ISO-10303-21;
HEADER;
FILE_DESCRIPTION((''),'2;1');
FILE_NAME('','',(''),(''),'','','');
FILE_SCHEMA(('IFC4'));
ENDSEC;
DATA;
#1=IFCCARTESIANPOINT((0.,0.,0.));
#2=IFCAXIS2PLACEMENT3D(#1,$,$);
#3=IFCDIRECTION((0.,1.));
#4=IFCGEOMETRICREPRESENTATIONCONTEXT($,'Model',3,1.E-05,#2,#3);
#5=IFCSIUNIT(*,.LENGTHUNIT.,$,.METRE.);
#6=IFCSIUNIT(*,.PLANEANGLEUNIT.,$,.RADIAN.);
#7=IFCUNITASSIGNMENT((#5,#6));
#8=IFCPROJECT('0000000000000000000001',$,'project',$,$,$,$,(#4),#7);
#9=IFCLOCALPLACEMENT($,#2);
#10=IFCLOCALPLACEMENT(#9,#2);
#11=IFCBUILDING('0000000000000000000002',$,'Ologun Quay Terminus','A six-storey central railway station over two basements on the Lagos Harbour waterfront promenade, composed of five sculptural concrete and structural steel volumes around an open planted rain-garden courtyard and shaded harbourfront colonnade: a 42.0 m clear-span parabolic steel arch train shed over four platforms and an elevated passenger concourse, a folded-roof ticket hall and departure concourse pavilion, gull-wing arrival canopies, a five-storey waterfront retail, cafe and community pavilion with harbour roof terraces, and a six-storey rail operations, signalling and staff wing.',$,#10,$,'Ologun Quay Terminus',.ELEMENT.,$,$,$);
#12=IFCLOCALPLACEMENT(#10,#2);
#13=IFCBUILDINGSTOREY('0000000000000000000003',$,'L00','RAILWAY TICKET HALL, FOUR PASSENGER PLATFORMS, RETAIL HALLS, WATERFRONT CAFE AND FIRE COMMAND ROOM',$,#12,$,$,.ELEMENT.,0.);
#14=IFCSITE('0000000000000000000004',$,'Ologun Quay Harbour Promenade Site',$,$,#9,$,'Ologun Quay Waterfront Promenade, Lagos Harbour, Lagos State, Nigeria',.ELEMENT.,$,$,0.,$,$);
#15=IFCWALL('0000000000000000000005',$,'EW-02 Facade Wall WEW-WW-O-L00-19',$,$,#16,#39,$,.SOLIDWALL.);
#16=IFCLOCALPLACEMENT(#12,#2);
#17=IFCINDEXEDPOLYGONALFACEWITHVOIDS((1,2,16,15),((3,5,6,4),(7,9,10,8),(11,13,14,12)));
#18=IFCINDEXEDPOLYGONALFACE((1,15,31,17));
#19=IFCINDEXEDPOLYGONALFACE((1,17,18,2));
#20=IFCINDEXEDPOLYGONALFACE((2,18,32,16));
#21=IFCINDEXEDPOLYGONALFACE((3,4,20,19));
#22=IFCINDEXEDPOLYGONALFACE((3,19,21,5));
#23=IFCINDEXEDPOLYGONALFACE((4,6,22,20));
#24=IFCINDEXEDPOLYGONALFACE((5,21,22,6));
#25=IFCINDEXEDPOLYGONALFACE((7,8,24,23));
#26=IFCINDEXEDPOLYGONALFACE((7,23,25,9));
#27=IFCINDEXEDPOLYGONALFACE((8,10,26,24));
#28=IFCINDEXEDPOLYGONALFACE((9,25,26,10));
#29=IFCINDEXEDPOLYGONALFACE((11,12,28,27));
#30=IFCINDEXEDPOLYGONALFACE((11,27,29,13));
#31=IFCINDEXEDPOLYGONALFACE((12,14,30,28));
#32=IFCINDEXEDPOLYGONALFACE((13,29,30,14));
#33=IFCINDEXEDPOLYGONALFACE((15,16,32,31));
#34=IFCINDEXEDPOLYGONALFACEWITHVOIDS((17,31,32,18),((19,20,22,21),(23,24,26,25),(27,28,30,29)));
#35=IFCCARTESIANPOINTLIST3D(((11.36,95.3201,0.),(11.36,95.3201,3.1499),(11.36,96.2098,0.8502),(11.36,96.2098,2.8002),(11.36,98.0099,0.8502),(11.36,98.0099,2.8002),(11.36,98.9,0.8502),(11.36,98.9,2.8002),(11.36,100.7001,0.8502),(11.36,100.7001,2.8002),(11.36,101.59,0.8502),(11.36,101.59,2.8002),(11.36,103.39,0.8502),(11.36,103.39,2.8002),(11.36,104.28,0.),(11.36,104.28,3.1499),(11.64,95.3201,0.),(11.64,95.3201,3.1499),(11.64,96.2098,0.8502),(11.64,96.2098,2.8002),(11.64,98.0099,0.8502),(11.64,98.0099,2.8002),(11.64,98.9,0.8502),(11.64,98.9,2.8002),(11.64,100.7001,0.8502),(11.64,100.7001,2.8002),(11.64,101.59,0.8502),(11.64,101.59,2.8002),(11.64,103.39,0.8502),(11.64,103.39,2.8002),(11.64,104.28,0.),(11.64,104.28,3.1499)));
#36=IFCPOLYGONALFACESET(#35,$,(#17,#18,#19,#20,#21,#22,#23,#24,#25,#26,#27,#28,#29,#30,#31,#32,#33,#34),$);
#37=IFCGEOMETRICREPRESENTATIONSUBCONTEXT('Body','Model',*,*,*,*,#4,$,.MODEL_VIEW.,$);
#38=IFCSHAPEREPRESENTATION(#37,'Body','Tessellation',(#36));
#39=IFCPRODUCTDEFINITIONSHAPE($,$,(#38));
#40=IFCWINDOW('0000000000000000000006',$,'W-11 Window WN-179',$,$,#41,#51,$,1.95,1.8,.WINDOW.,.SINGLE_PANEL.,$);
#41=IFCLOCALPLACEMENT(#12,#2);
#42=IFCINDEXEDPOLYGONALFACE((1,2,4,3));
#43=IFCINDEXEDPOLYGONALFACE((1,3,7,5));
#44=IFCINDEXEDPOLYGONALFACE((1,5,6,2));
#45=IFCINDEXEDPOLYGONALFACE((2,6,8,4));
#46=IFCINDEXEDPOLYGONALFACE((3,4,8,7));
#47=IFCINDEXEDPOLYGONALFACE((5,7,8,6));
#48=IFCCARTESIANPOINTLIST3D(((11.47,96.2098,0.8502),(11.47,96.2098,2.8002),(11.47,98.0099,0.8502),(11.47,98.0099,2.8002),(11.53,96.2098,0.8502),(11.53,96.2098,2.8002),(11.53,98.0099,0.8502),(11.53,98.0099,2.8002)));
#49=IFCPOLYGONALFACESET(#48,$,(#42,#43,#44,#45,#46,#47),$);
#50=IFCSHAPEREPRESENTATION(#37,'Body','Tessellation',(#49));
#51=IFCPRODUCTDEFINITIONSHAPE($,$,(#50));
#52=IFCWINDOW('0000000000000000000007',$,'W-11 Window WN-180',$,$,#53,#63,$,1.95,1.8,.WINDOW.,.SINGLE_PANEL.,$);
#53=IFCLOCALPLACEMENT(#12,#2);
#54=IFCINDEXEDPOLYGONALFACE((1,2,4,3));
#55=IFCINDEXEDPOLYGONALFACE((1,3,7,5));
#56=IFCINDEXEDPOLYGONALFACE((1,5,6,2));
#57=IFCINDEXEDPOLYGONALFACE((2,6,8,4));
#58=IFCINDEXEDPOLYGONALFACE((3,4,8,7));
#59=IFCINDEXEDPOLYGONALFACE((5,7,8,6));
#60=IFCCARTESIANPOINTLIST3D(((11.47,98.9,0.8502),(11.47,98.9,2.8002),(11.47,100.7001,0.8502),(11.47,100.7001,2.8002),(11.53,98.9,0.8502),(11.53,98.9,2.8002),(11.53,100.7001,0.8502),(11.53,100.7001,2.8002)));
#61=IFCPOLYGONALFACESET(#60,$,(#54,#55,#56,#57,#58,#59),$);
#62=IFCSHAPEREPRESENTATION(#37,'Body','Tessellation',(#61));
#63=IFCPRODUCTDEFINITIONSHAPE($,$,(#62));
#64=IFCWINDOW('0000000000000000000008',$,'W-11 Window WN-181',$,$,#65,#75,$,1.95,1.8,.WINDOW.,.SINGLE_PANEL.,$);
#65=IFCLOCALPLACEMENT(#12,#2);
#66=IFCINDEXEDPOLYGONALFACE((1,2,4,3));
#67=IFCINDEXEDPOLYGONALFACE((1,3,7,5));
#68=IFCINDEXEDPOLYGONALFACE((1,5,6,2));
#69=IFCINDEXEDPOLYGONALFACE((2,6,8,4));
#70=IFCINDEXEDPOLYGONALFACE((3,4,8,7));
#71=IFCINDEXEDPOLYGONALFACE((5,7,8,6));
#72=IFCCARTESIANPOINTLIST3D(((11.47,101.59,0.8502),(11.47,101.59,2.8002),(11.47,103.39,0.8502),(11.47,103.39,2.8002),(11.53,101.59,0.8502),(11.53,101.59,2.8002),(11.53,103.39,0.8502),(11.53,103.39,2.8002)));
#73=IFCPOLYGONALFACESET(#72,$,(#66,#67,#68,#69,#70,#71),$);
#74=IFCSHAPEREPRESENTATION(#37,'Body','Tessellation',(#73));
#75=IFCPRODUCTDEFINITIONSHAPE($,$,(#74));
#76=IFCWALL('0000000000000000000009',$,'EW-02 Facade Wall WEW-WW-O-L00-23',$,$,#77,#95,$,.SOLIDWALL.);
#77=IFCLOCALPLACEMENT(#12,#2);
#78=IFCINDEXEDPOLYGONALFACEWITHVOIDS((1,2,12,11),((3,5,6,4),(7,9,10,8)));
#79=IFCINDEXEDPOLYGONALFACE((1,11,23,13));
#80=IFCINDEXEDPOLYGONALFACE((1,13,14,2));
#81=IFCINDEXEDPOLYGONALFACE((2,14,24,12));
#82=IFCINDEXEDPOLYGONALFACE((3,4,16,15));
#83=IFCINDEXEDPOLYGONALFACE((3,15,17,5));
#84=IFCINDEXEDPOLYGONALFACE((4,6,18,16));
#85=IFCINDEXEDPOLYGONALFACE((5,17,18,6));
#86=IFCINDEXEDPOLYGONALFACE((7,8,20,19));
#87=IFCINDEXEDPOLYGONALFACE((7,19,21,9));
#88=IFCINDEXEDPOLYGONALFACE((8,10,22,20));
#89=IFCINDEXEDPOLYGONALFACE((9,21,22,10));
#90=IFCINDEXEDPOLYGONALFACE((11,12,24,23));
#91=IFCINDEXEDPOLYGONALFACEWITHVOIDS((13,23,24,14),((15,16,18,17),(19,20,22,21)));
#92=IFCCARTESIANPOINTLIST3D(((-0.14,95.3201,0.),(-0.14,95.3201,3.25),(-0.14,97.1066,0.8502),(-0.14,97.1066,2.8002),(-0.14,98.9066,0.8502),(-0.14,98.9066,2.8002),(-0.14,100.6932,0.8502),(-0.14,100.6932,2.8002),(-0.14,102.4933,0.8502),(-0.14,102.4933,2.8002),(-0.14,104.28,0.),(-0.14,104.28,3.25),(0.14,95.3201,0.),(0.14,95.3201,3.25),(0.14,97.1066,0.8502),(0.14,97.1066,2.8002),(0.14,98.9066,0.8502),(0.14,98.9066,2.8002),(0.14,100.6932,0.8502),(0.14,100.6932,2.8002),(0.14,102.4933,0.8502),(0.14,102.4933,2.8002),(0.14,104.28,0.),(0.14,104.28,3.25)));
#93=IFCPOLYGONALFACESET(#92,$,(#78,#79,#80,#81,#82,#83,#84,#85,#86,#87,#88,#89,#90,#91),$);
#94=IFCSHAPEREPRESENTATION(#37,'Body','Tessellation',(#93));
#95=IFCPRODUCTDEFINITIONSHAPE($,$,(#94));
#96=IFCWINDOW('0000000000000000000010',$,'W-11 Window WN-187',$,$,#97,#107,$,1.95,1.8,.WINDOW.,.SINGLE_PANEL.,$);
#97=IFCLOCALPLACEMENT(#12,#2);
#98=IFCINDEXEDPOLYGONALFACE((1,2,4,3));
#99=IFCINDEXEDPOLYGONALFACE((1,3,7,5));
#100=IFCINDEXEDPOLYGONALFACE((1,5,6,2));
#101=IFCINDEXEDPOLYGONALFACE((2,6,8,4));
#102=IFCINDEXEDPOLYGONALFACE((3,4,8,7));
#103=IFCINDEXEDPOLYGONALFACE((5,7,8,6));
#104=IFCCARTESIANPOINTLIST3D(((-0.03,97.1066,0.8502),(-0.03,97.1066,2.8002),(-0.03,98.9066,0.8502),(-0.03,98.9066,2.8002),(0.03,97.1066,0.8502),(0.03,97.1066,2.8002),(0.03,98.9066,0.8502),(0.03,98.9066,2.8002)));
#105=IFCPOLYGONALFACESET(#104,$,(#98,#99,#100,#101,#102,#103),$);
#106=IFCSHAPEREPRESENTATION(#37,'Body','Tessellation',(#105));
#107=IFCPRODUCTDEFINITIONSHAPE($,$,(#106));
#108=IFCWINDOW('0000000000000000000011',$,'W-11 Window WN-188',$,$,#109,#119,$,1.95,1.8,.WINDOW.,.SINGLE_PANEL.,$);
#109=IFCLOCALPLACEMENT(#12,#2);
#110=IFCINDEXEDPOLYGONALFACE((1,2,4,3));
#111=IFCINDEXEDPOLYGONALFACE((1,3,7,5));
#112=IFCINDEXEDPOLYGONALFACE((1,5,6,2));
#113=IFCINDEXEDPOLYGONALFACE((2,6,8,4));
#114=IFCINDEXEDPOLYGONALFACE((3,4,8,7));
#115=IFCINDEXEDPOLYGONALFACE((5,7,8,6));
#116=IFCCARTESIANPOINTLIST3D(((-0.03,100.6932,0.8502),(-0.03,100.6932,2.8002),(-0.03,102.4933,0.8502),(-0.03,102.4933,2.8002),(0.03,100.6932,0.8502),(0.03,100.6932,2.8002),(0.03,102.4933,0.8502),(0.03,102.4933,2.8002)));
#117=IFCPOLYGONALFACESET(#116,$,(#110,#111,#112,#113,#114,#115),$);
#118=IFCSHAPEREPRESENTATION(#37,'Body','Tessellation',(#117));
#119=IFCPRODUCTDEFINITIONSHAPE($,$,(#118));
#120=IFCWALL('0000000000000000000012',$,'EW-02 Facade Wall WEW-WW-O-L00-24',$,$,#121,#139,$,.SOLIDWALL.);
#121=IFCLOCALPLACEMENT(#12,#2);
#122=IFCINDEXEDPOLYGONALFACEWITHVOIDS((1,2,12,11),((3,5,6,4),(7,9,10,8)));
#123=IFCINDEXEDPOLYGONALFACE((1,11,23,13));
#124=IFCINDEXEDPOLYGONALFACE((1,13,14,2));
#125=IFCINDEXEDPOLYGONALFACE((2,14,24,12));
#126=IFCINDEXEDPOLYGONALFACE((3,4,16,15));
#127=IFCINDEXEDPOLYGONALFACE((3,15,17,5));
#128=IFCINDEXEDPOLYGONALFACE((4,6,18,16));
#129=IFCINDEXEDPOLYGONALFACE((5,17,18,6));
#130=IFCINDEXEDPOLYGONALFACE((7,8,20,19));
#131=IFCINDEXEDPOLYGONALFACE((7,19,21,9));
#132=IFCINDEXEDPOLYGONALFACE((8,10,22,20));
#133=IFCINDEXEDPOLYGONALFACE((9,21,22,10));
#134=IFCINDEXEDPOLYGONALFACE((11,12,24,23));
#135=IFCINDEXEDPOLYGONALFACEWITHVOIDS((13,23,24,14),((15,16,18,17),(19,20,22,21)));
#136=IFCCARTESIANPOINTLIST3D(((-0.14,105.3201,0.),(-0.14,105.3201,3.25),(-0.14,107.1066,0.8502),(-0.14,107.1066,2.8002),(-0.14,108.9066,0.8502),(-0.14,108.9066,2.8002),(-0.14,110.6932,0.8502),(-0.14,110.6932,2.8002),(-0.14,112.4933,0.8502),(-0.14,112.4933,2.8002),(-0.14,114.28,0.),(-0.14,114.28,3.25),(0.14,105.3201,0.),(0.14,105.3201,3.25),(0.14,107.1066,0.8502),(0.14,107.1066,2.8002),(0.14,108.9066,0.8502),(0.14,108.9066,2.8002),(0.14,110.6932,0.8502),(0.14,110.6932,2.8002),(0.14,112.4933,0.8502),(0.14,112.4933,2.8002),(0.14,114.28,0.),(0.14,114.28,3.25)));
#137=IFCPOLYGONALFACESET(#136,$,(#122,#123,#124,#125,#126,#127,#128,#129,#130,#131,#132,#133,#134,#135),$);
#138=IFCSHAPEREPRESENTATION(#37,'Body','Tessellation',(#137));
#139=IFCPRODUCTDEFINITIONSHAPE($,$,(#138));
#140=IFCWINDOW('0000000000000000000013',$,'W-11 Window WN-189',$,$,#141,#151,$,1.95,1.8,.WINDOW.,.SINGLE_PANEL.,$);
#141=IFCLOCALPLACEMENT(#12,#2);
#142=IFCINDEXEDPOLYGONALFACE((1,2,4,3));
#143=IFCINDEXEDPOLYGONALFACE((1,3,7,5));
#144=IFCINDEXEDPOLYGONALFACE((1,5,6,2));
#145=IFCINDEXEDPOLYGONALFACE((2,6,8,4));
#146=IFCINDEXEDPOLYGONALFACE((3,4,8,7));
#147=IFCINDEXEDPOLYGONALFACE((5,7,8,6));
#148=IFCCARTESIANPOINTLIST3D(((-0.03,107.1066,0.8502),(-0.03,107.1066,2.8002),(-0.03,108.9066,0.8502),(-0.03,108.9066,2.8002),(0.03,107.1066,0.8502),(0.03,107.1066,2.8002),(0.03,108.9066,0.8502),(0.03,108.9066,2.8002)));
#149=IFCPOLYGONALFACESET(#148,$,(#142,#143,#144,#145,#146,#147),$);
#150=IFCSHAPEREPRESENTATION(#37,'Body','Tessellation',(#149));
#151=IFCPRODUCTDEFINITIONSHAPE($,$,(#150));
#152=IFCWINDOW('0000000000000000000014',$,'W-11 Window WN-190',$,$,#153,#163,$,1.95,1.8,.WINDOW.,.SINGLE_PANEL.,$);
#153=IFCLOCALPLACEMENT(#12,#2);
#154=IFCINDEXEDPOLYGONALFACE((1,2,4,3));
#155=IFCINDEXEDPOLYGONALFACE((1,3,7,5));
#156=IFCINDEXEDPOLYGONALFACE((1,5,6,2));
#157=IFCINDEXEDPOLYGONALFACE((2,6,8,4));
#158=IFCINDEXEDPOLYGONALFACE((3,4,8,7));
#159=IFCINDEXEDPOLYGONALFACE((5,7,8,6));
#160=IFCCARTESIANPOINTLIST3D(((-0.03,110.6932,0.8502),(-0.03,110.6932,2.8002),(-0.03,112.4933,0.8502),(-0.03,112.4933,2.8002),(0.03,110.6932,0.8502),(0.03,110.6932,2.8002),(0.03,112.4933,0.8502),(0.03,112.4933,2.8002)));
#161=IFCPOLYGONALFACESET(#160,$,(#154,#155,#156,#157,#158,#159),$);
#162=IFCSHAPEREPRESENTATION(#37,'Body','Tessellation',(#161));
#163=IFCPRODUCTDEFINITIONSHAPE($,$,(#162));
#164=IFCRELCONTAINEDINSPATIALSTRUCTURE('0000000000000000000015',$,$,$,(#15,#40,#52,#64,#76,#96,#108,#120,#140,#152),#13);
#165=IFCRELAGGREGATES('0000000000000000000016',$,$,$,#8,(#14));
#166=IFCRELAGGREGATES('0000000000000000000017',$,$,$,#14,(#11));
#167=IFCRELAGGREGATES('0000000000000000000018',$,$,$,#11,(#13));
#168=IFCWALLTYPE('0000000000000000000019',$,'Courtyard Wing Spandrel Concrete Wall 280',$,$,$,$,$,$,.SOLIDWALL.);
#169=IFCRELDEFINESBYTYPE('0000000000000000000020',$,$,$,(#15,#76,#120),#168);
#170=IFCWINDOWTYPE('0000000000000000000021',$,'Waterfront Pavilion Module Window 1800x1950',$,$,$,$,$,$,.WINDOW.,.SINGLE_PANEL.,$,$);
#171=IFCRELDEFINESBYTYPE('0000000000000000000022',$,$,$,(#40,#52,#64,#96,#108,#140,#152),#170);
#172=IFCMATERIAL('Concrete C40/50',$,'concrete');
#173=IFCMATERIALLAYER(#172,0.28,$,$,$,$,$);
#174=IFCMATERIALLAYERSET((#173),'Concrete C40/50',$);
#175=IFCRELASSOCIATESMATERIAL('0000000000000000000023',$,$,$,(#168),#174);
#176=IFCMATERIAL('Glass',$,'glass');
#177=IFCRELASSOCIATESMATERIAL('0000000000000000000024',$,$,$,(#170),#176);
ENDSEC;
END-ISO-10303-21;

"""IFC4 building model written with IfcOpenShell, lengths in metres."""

from ifc_helpers import new_model, si_unit, direction, frame, frame_2d, origin, place, context, subcontext, project, spatial, rectangle, extrude, material, layer, layer_set, type_object, element, fill, save


model = new_model("IFC4")

# Units and contexts
model_context = context("Model", 3, precision=1e-05, world=origin(), true_north=direction((0.0, 1.0)))
body_context = subcontext(model_context, "Body", "Model", "MODEL_VIEW")
ifc_project = project(units=[si_unit("LENGTHUNIT", "METRE"), si_unit("PLANEANGLEUNIT", "RADIAN")], contexts=[model_context])

# Site, building, storey
site_placement = place(None, origin())
site = spatial("IfcSite", under=ifc_project, at=site_placement, Name="Ologun Quay Harbour Promenade Site", LongName="Ologun Quay Waterfront Promenade, Lagos Harbour, Lagos State, Nigeria", CompositionType="ELEMENT", RefElevation=0.0)
building_placement = place(site_placement, origin())
building = spatial("IfcBuilding", under=site, at=building_placement, Name="Ologun Quay Terminus", Description="A six-storey central railway station over two basements on the Lagos Harbour waterfront promenade, composed of five sculptural concrete and structural steel volumes around an open planted rain-garden courtyard and shaded harbourfront colonnade: a 42.0 m clear-span parabolic steel arch train shed over four platforms and an elevated passenger concourse, a folded-roof ticket hall and departure concourse pavilion, gull-wing arrival canopies, a five-storey waterfront retail, cafe and community pavilion with harbour roof terraces, and a six-storey rail operations, signalling and staff wing.", LongName="Ologun Quay Terminus", CompositionType="ELEMENT")
storey_placement = place(building_placement, origin())
storey = spatial("IfcBuildingStorey", under=building, at=storey_placement, Name="L00", Description="RAILWAY TICKET HALL, FOUR PASSENGER PLATFORMS, RETAIL HALLS, WATERFRONT CAFE AND FIRE COMMAND ROOM", CompositionType="ELEMENT", Elevation=0.0)

# Walls, openings, windows
ifc_material_1 = material(Name="Concrete C40/50", Category="concrete")
ifc_layer_1 = layer(ifc_material_1, 0.28)
ifc_layer_set_1 = layer_set([ifc_layer_1], Name="Concrete C40/50")
wall_type = type_object("IfcWallType", Name="Courtyard Wing Spandrel Concrete Wall 280", PredefinedType="SOLIDWALL", material=ifc_layer_set_1)
wall_1_placement = place(storey_placement, frame((11.5, 95.3201, 0.0), z_axis=(0.0, 0.0, 1.0), x_axis=(0.0, 1.0, 0.0)))
wall_1 = element("IfcWall", 1, at=wall_1_placement, inside=storey, type_object=wall_type, Name="EW-02 Facade Wall WEW-WW-O-L00-19", PredefinedType="SOLIDWALL", context=body_context, shape_type="SweptSolid", body=[
    extrude(rectangle(XDim=8.96, YDim=0.28, at=frame_2d((4.48, 0.0))), origin(), (0.0, 0.0, 1.0), 3.1499),
])
opening_1_placement = place(wall_1_placement, frame((0.8899, 0.0, 0.8501)))
opening_1 = element("IfcOpeningElement", 2, at=opening_1_placement, cuts=wall_1, PredefinedType="OPENING", context=body_context, shape_type="SweptSolid", body=[
    extrude(rectangle(XDim=1.8, YDim=1.95, at=frame_2d((0.8999, 0.9751))), frame((0.0, 0.1499, 0.0), z_axis=(0.0, -1.0, 0.0), x_axis=(1.0, 0.0, 0.0)), (0.0, 0.0, 1.0), 0.3),
])
opening_2_placement = place(wall_1_placement, frame((3.5801, 0.0, 0.8501)))
opening_2 = element("IfcOpeningElement", 3, at=opening_2_placement, cuts=wall_1, PredefinedType="OPENING", context=body_context, shape_type="SweptSolid", body=[
    extrude(rectangle(XDim=1.8, YDim=1.95, at=frame_2d((0.8999, 0.9751))), frame((0.0, 0.1499, 0.0), z_axis=(0.0, -1.0, 0.0), x_axis=(1.0, 0.0, 0.0)), (0.0, 0.0, 1.0), 0.3),
])
opening_3_placement = place(wall_1_placement, frame((6.27, 0.0, 0.8501)))
opening_3 = element("IfcOpeningElement", 4, at=opening_3_placement, cuts=wall_1, PredefinedType="OPENING", context=body_context, shape_type="SweptSolid", body=[
    extrude(rectangle(XDim=1.8, YDim=1.95, at=frame_2d((0.8999, 0.9751))), frame((0.0, 0.1499, 0.0), z_axis=(0.0, -1.0, 0.0), x_axis=(1.0, 0.0, 0.0)), (0.0, 0.0, 1.0), 0.3),
])
ifc_material_2 = material(Name="Glass", Category="glass")
window_type = type_object("IfcWindowType", Name="Waterfront Pavilion Module Window 1800x1950", PartitioningType="SINGLE_PANEL", PredefinedType="WINDOW", material=ifc_material_2)
window_1_placement = place(opening_1_placement, origin())
window_1 = element("IfcWindow", 5, at=window_1_placement, inside=storey, type_object=window_type, Name="W-11 Window WN-179", OverallHeight=1.95, OverallWidth=1.8, PartitioningType="SINGLE_PANEL", PredefinedType="WINDOW", context=body_context, shape_type="SweptSolid", body=[
    extrude(rectangle(XDim=1.8, YDim=1.95, at=frame_2d((0.8999, 0.9751))), frame((0.0, 0.03, 0.0), z_axis=(0.0, -1.0, 0.0), x_axis=(1.0, 0.0, 0.0)), (0.0, 0.0, 1.0), 0.0601),
])
fill(opening_1, window_1)
window_2_placement = place(opening_2_placement, origin())
window_2 = element("IfcWindow", 6, at=window_2_placement, inside=storey, type_object=window_type, Name="W-11 Window WN-180", OverallHeight=1.95, OverallWidth=1.8, PartitioningType="SINGLE_PANEL", PredefinedType="WINDOW", context=body_context, shape_type="SweptSolid", body=[
    extrude(rectangle(XDim=1.8, YDim=1.95, at=frame_2d((0.8999, 0.9751))), frame((0.0, 0.03, 0.0), z_axis=(0.0, -1.0, 0.0), x_axis=(1.0, 0.0, 0.0)), (0.0, 0.0, 1.0), 0.0601),
])
fill(opening_2, window_2)
window_3_placement = place(opening_3_placement, origin())
window_3 = element("IfcWindow", 7, at=window_3_placement, inside=storey, type_object=window_type, Name="W-11 Window WN-181", OverallHeight=1.95, OverallWidth=1.8, PartitioningType="SINGLE_PANEL", PredefinedType="WINDOW", context=body_context, shape_type="SweptSolid", body=[
    extrude(rectangle(XDim=1.8, YDim=1.95, at=frame_2d((0.8999, 0.9751))), frame((0.0, 0.03, 0.0), z_axis=(0.0, -1.0, 0.0), x_axis=(1.0, 0.0, 0.0)), (0.0, 0.0, 1.0), 0.0601),
])
fill(opening_3, window_3)
wall_2_placement = place(storey_placement, frame((0.0, 95.3201, 0.0), z_axis=(0.0, 0.0, 1.0), x_axis=(0.0, 1.0, 0.0)))
wall_2 = element("IfcWall", 8, at=wall_2_placement, inside=storey, type_object=wall_type, Name="EW-02 Facade Wall WEW-WW-O-L00-23", PredefinedType="SOLIDWALL", context=body_context, shape_type="SweptSolid", body=[
    extrude(rectangle(XDim=8.96, YDim=0.28, at=frame_2d((4.48, 0.0))), origin(), (0.0, 0.0, 1.0), 3.25),
])
opening_4_placement = place(wall_2_placement, frame((1.7866, 0.0, 0.8501)))
opening_4 = element("IfcOpeningElement", 9, at=opening_4_placement, cuts=wall_2, PredefinedType="OPENING", context=body_context, shape_type="SweptSolid", body=[
    extrude(rectangle(XDim=1.8, YDim=1.95, at=frame_2d((0.8999, 0.9751))), frame((0.0, 0.1499, 0.0), z_axis=(0.0, -1.0, 0.0), x_axis=(1.0, 0.0, 0.0)), (0.0, 0.0, 1.0), 0.3),
])
opening_5_placement = place(wall_2_placement, frame((5.3733, 0.0, 0.8501)))
opening_5 = element("IfcOpeningElement", 10, at=opening_5_placement, cuts=wall_2, PredefinedType="OPENING", context=body_context, shape_type="SweptSolid", body=[
    extrude(rectangle(XDim=1.8, YDim=1.95, at=frame_2d((0.8999, 0.9751))), frame((0.0, 0.1499, 0.0), z_axis=(0.0, -1.0, 0.0), x_axis=(1.0, 0.0, 0.0)), (0.0, 0.0, 1.0), 0.3),
])
window_4_placement = place(opening_4_placement, origin())
window_4 = element("IfcWindow", 11, at=window_4_placement, inside=storey, type_object=window_type, Name="W-11 Window WN-187", OverallHeight=1.95, OverallWidth=1.8, PartitioningType="SINGLE_PANEL", PredefinedType="WINDOW", context=body_context, shape_type="SweptSolid", body=[
    extrude(rectangle(XDim=1.8, YDim=1.95, at=frame_2d((0.8999, 0.9751))), frame((0.0, 0.03, 0.0), z_axis=(0.0, -1.0, 0.0), x_axis=(1.0, 0.0, 0.0)), (0.0, 0.0, 1.0), 0.0601),
])
fill(opening_4, window_4)
window_5_placement = place(opening_5_placement, origin())
window_5 = element("IfcWindow", 12, at=window_5_placement, inside=storey, type_object=window_type, Name="W-11 Window WN-188", OverallHeight=1.95, OverallWidth=1.8, PartitioningType="SINGLE_PANEL", PredefinedType="WINDOW", context=body_context, shape_type="SweptSolid", body=[
    extrude(rectangle(XDim=1.8, YDim=1.95, at=frame_2d((0.8999, 0.9751))), frame((0.0, 0.03, 0.0), z_axis=(0.0, -1.0, 0.0), x_axis=(1.0, 0.0, 0.0)), (0.0, 0.0, 1.0), 0.0601),
])
fill(opening_5, window_5)
wall_3_placement = place(storey_placement, frame((0.0, 105.3201, 0.0), z_axis=(0.0, 0.0, 1.0), x_axis=(0.0, 1.0, 0.0)))
wall_3 = element("IfcWall", 13, at=wall_3_placement, inside=storey, type_object=wall_type, Name="EW-02 Facade Wall WEW-WW-O-L00-24", PredefinedType="SOLIDWALL", context=body_context, shape_type="SweptSolid", body=[
    extrude(rectangle(XDim=8.96, YDim=0.28, at=frame_2d((4.48, 0.0))), origin(), (0.0, 0.0, 1.0), 3.25),
])
opening_6_placement = place(wall_3_placement, frame((1.7866, 0.0, 0.8501)))
opening_6 = element("IfcOpeningElement", 14, at=opening_6_placement, cuts=wall_3, PredefinedType="OPENING", context=body_context, shape_type="SweptSolid", body=[
    extrude(rectangle(XDim=1.8, YDim=1.95, at=frame_2d((0.8999, 0.9751))), frame((0.0, 0.1499, 0.0), z_axis=(0.0, -1.0, 0.0), x_axis=(1.0, 0.0, 0.0)), (0.0, 0.0, 1.0), 0.3),
])
opening_7_placement = place(wall_3_placement, frame((5.3733, 0.0, 0.8501)))
opening_7 = element("IfcOpeningElement", 15, at=opening_7_placement, cuts=wall_3, PredefinedType="OPENING", context=body_context, shape_type="SweptSolid", body=[
    extrude(rectangle(XDim=1.8, YDim=1.95, at=frame_2d((0.8999, 0.9751))), frame((0.0, 0.1499, 0.0), z_axis=(0.0, -1.0, 0.0), x_axis=(1.0, 0.0, 0.0)), (0.0, 0.0, 1.0), 0.3),
])
window_6_placement = place(opening_6_placement, origin())
window_6 = element("IfcWindow", 16, at=window_6_placement, inside=storey, type_object=window_type, Name="W-11 Window WN-189", OverallHeight=1.95, OverallWidth=1.8, PartitioningType="SINGLE_PANEL", PredefinedType="WINDOW", context=body_context, shape_type="SweptSolid", body=[
    extrude(rectangle(XDim=1.8, YDim=1.95, at=frame_2d((0.8999, 0.9751))), frame((0.0, 0.03, 0.0), z_axis=(0.0, -1.0, 0.0), x_axis=(1.0, 0.0, 0.0)), (0.0, 0.0, 1.0), 0.0601),
])
fill(opening_6, window_6)
window_7_placement = place(opening_7_placement, origin())
window_7 = element("IfcWindow", 17, at=window_7_placement, inside=storey, type_object=window_type, Name="W-11 Window WN-190", OverallHeight=1.95, OverallWidth=1.8, PartitioningType="SINGLE_PANEL", PredefinedType="WINDOW", context=body_context, shape_type="SweptSolid", body=[
    extrude(rectangle(XDim=1.8, YDim=1.95, at=frame_2d((0.8999, 0.9751))), frame((0.0, 0.03, 0.0), z_axis=(0.0, -1.0, 0.0), x_axis=(1.0, 0.0, 0.0)), (0.0, 0.0, 1.0), 0.0601),
])
fill(opening_7, window_7)

save(model, "model.ifc")
